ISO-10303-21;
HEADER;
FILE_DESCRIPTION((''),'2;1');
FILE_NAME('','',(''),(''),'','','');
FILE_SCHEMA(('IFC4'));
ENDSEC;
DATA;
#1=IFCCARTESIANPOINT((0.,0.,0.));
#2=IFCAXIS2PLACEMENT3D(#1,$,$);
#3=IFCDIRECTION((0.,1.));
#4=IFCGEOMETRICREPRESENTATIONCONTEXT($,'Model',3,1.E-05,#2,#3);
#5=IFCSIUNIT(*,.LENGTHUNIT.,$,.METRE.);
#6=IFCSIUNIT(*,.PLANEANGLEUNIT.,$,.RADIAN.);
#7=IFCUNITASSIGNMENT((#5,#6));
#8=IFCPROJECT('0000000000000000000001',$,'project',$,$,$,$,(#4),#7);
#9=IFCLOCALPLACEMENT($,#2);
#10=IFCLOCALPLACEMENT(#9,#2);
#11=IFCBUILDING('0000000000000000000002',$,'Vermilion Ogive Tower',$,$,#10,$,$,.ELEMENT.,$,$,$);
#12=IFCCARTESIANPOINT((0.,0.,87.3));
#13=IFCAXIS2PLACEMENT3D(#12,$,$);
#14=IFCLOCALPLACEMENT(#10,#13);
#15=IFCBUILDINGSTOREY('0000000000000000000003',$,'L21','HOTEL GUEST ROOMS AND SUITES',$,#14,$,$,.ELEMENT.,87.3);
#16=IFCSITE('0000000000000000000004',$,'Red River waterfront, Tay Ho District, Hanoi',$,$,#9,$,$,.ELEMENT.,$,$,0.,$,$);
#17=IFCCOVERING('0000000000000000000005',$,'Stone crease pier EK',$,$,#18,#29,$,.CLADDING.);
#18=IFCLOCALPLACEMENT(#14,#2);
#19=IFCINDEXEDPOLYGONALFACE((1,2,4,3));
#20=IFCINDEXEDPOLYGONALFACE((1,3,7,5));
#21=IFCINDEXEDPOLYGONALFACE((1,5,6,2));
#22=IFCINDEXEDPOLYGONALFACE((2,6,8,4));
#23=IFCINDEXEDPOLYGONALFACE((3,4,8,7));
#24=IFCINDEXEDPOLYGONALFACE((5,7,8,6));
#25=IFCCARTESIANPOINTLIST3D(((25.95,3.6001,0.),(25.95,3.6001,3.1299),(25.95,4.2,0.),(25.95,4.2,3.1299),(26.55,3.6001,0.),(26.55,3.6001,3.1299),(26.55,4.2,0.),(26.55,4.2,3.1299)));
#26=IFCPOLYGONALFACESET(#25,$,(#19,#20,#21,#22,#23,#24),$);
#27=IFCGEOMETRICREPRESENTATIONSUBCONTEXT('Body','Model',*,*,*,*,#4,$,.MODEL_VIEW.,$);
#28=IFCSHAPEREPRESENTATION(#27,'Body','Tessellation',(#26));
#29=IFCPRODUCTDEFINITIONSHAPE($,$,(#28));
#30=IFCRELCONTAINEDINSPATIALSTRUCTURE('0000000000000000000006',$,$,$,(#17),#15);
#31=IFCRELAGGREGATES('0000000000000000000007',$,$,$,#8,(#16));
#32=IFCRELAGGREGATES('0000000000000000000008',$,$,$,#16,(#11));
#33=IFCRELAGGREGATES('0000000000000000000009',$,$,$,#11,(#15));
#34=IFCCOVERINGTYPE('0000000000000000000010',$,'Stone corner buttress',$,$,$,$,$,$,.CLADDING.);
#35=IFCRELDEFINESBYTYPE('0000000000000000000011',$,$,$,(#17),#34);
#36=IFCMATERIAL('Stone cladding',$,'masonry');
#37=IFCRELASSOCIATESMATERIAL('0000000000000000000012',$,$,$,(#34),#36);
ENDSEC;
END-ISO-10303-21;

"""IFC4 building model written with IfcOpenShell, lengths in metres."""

from ifc_helpers import new_model, si_unit, direction, frame, origin, place, context, subcontext, project, spatial, polyline, outline, extrude, material, type_object, element, save


model = new_model("IFC4")

# Units and contexts
model_context = context("Model", 3, precision=1e-05, world=origin(), true_north=direction((0.0, 1.0)))
body_context = subcontext(model_context, "Body", "Model", "MODEL_VIEW")
ifc_project = project(units=[si_unit("LENGTHUNIT", "METRE"), si_unit("PLANEANGLEUNIT", "RADIAN")], contexts=[model_context])

# Site, building, storey
site_placement = place(None, origin())
site = spatial("IfcSite", under=ifc_project, at=site_placement, Name="Red River waterfront, Tay Ho District, Hanoi", CompositionType="ELEMENT", RefElevation=0.0)
building_placement = place(site_placement, origin())
building = spatial("IfcBuilding", under=site, at=building_placement, Name="Vermilion Ogive Tower", CompositionType="ELEMENT")
storey_placement = place(building_placement, frame((0.0, 0.0, 87.3)))
storey = spatial("IfcBuildingStorey", under=building, at=storey_placement, Name="L21", Description="HOTEL GUEST ROOMS AND SUITES", CompositionType="ELEMENT", Elevation=87.3)

# Covering
ifc_material_1 = material(Name="Stone cladding", Category="masonry")
covering_type = type_object("IfcCoveringType", Name="Stone corner buttress", PredefinedType="CLADDING", material=ifc_material_1)
covering_1_placement = place(storey_placement, origin())
element("IfcCovering", 1, at=covering_1_placement, inside=storey, type_object=covering_type, Name="Stone crease pier EK", PredefinedType="CLADDING", context=body_context, shape_type="SweptSolid", body=[
    extrude(outline(polyline([(26.55, 3.6001), (26.55, 4.2), (25.95, 4.2), (25.95, 3.6001), (26.55, 3.6001)])), origin(), (0.0, 0.0, 1.0), 3.1299),
])

save(model, "model.ifc")
